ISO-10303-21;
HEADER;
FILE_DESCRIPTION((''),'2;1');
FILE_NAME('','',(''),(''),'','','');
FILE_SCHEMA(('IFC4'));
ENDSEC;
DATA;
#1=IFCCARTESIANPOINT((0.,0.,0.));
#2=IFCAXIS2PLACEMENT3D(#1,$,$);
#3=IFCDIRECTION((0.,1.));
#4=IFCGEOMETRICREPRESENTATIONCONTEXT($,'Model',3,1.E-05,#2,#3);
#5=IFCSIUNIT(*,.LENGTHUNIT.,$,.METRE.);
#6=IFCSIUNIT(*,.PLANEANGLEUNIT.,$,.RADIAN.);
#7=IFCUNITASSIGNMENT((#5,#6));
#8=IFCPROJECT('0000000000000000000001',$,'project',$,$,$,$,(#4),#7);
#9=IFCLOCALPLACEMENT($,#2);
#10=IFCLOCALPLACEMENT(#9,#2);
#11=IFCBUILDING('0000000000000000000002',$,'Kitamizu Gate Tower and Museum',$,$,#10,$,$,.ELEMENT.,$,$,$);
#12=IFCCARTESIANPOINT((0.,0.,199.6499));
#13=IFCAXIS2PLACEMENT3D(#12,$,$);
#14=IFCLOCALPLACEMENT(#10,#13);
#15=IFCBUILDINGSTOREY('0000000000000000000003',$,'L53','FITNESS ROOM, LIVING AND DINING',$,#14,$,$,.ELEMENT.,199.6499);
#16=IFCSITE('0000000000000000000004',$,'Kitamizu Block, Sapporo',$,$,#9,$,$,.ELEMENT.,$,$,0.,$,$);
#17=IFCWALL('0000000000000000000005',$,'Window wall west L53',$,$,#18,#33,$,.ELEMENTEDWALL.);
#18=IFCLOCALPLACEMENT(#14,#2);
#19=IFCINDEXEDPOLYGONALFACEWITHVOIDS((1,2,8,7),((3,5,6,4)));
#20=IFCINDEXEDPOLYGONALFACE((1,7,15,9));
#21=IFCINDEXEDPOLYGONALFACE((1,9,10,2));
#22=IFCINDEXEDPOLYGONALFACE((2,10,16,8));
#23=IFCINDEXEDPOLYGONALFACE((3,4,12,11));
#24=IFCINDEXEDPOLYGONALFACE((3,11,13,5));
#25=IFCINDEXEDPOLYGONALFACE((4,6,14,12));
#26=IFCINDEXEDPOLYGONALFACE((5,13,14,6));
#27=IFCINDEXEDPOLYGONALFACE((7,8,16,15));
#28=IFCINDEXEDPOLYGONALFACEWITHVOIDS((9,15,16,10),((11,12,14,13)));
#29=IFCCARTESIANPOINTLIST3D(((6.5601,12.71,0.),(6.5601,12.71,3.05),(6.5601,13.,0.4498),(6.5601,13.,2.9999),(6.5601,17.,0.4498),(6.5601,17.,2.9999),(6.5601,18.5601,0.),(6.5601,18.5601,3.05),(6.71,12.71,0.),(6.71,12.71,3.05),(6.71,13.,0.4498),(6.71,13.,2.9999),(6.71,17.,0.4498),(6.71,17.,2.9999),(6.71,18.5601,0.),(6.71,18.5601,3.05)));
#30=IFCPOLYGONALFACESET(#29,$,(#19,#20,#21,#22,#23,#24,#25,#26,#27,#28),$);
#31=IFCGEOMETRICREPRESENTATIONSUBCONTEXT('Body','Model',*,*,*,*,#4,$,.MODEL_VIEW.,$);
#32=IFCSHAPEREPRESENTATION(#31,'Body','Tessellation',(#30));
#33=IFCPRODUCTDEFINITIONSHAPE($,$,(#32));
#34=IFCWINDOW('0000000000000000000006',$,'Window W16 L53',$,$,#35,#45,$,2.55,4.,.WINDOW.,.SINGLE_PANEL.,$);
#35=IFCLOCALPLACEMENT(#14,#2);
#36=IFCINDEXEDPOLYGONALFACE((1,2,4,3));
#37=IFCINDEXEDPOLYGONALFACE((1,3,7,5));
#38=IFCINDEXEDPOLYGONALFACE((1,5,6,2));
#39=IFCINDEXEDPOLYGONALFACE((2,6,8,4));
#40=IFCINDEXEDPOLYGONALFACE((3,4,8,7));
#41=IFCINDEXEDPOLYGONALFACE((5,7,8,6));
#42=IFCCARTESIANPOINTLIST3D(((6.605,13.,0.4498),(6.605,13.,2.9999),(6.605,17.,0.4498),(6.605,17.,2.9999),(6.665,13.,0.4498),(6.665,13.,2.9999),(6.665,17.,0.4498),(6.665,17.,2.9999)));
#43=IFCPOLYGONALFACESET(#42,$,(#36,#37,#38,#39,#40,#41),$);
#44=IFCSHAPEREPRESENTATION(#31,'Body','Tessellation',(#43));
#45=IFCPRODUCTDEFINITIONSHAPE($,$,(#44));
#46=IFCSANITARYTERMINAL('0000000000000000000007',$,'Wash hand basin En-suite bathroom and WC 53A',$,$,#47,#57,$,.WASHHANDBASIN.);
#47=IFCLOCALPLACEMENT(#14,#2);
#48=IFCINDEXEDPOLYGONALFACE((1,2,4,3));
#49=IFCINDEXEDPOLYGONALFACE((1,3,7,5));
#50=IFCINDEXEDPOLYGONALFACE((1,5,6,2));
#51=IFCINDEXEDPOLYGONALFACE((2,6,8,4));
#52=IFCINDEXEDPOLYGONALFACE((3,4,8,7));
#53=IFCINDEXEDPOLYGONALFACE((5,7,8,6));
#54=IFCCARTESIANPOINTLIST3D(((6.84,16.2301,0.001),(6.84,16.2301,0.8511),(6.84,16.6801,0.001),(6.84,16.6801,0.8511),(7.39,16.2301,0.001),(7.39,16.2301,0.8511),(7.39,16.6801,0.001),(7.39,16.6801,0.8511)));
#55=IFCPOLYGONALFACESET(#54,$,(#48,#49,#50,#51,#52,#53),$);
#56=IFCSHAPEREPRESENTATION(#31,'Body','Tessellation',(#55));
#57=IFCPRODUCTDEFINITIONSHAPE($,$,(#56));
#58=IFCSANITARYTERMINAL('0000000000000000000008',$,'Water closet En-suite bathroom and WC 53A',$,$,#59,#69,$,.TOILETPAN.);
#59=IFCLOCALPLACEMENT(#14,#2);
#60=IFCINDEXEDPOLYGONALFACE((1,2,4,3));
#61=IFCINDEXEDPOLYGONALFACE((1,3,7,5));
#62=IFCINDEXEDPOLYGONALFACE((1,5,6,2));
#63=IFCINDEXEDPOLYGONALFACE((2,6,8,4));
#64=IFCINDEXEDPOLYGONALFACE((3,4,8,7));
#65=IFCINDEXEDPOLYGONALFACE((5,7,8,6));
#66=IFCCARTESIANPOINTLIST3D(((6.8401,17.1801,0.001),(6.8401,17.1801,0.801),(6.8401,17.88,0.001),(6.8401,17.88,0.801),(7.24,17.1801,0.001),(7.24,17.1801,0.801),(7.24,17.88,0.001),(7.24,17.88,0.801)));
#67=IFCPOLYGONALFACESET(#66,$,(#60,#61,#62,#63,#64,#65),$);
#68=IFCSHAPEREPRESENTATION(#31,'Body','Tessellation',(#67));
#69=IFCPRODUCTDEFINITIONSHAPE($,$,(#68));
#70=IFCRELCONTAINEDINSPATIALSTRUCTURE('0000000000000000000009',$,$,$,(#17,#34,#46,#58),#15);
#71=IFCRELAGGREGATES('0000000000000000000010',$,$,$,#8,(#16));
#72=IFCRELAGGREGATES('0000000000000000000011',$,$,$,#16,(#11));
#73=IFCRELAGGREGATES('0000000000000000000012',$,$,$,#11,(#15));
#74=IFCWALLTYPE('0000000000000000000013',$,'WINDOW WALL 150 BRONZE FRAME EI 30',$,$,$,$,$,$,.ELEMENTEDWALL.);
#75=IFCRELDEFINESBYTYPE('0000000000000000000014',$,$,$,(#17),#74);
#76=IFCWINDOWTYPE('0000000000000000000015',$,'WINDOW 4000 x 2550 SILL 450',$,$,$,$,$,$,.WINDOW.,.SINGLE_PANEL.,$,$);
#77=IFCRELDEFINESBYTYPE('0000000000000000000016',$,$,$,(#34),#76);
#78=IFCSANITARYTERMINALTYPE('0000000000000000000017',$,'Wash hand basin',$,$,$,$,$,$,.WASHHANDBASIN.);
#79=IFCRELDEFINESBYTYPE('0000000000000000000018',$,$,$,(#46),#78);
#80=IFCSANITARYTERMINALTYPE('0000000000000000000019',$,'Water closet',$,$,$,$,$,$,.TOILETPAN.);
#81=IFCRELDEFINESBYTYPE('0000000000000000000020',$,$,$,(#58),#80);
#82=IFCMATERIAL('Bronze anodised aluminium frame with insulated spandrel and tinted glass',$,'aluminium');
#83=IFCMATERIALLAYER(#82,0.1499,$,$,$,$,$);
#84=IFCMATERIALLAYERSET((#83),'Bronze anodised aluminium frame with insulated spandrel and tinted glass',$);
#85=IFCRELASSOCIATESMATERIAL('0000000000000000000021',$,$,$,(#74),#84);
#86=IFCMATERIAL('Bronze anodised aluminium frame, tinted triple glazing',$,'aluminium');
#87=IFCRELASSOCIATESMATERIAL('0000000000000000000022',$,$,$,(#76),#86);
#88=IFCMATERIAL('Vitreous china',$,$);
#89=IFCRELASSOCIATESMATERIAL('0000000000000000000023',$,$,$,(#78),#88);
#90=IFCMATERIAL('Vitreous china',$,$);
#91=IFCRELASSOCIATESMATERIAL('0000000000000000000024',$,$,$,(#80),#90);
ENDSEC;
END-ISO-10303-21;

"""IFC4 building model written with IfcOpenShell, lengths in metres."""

from ifc_helpers import new_model, si_unit, direction, frame, frame_2d, origin, origin_2d, place, context, subcontext, project, spatial, rectangle, extrude, material, layer, layer_set, type_object, element, fill, save


model = new_model("IFC4")

# Units and contexts
model_context = context("Model", 3, precision=1e-05, world=origin(), true_north=direction((0.0, 1.0)))
body_context = subcontext(model_context, "Body", "Model", "MODEL_VIEW")
ifc_project = project(units=[si_unit("LENGTHUNIT", "METRE"), si_unit("PLANEANGLEUNIT", "RADIAN")], contexts=[model_context])

# Site, building, storey
site_placement = place(None, origin())
site = spatial("IfcSite", under=ifc_project, at=site_placement, Name="Kitamizu Block, Sapporo", CompositionType="ELEMENT", RefElevation=0.0)
building_placement = place(site_placement, origin())
building = spatial("IfcBuilding", under=site, at=building_placement, Name="Kitamizu Gate Tower and Museum", CompositionType="ELEMENT")
storey_placement = place(building_placement, frame((0.0, 0.0, 199.6499)))
storey = spatial("IfcBuildingStorey", under=building, at=storey_placement, Name="L53", Description="FITNESS ROOM, LIVING AND DINING", CompositionType="ELEMENT", Elevation=199.6499)

# Shared definitions
ifc_material_1 = material(Name="Bronze anodised aluminium frame with insulated spandrel and tinted glass", Category="aluminium")
ifc_layer_1 = layer(ifc_material_1, 0.1499)
ifc_layer_set_1 = layer_set([ifc_layer_1], Name="Bronze anodised aluminium frame with insulated spandrel and tinted glass")
wall_type = type_object("IfcWallType", Name="WINDOW WALL 150 BRONZE FRAME EI 30", PredefinedType="ELEMENTEDWALL", material=ifc_layer_set_1)

# Wall, opening, window
wall_1_placement = place(storey_placement, frame((6.635, 12.71, 0.0), z_axis=(0.0, 0.0, 1.0), x_axis=(0.0, 1.0, 0.0)))
wall_1 = element("IfcWall", 1, at=wall_1_placement, inside=storey, type_object=wall_type, Name="Window wall west L53", PredefinedType="ELEMENTEDWALL", context=body_context, shape_type="SweptSolid", body=[
    extrude(rectangle(XDim=5.8501, YDim=0.1499, at=frame_2d((2.925, 0.0))), origin(), (0.0, 0.0, 1.0), 3.05),
])
opening_1_placement = place(wall_1_placement, frame((0.29, 0.0, 0.45)))
opening_1 = element("IfcOpeningElement", 2, at=opening_1_placement, cuts=wall_1, PredefinedType="OPENING", context=body_context, shape_type="SweptSolid", body=[
    extrude(rectangle(XDim=4.0, YDim=2.55, at=frame_2d((2.0, 1.2749))), frame((0.0, 0.085, 0.0), z_axis=(0.0, -1.0, 0.0), x_axis=(1.0, 0.0, 0.0)), (0.0, 0.0, 1.0), 0.1699),
])
ifc_material_2 = material(Name="Bronze anodised aluminium frame, tinted triple glazing", Category="aluminium")
window_type_1 = type_object("IfcWindowType", Name="WINDOW 4000 x 2550 SILL 450", PartitioningType="SINGLE_PANEL", PredefinedType="WINDOW", material=ifc_material_2)
window_1_placement = place(opening_1_placement, origin())
window_1 = element("IfcWindow", 3, at=window_1_placement, inside=storey, type_object=window_type_1, Name="Window W16 L53", OverallHeight=2.55, OverallWidth=4.0, PartitioningType="SINGLE_PANEL", PredefinedType="WINDOW", context=body_context, shape_type="SweptSolid", body=[
    extrude(rectangle(XDim=4.0, YDim=2.55, at=frame_2d((2.0, 1.2749))), frame((0.0, 0.03, 0.0), z_axis=(0.0, -1.0, 0.0), x_axis=(1.0, 0.0, 0.0)), (0.0, 0.0, 1.0), 0.0601),
])
fill(opening_1, window_1)

# Sanitary terminals
ifc_material_3 = material(Name="Vitreous china")
sanitary_terminal_type_1 = type_object("IfcSanitaryTerminalType", Name="Wash hand basin", PredefinedType="WASHHANDBASIN", material=ifc_material_3)
sanitary_terminal_1_placement = place(storey_placement, frame((7.115, 16.4551, 0.001), z_axis=(0.0, 0.0, 1.0), x_axis=(1.0, 0.0, 0.0)))
element("IfcSanitaryTerminal", 4, at=sanitary_terminal_1_placement, inside=storey, type_object=sanitary_terminal_type_1, Name="Wash hand basin En-suite bathroom and WC 53A", PredefinedType="WASHHANDBASIN", context=body_context, shape_type="SweptSolid", body=[
    extrude(rectangle(XDim=0.55, YDim=0.45, at=origin_2d()), origin(), (0.0, 0.0, 1.0), 0.8501),
])
ifc_material_4 = material(Name="Vitreous china")
sanitary_terminal_type_2 = type_object("IfcSanitaryTerminalType", Name="Water closet", PredefinedType="TOILETPAN", material=ifc_material_4)
sanitary_terminal_2_placement = place(storey_placement, frame((7.04, 17.53, 0.001), z_axis=(0.0, 0.0, 1.0), x_axis=(1.0, 0.0, 0.0)))
element("IfcSanitaryTerminal", 5, at=sanitary_terminal_2_placement, inside=storey, type_object=sanitary_terminal_type_2, Name="Water closet En-suite bathroom and WC 53A", PredefinedType="TOILETPAN", context=body_context, shape_type="SweptSolid", body=[
    extrude(rectangle(XDim=0.3999, YDim=0.7, at=origin_2d()), origin(), (0.0, 0.0, 1.0), 0.8),
])

save(model, "model.ifc")
